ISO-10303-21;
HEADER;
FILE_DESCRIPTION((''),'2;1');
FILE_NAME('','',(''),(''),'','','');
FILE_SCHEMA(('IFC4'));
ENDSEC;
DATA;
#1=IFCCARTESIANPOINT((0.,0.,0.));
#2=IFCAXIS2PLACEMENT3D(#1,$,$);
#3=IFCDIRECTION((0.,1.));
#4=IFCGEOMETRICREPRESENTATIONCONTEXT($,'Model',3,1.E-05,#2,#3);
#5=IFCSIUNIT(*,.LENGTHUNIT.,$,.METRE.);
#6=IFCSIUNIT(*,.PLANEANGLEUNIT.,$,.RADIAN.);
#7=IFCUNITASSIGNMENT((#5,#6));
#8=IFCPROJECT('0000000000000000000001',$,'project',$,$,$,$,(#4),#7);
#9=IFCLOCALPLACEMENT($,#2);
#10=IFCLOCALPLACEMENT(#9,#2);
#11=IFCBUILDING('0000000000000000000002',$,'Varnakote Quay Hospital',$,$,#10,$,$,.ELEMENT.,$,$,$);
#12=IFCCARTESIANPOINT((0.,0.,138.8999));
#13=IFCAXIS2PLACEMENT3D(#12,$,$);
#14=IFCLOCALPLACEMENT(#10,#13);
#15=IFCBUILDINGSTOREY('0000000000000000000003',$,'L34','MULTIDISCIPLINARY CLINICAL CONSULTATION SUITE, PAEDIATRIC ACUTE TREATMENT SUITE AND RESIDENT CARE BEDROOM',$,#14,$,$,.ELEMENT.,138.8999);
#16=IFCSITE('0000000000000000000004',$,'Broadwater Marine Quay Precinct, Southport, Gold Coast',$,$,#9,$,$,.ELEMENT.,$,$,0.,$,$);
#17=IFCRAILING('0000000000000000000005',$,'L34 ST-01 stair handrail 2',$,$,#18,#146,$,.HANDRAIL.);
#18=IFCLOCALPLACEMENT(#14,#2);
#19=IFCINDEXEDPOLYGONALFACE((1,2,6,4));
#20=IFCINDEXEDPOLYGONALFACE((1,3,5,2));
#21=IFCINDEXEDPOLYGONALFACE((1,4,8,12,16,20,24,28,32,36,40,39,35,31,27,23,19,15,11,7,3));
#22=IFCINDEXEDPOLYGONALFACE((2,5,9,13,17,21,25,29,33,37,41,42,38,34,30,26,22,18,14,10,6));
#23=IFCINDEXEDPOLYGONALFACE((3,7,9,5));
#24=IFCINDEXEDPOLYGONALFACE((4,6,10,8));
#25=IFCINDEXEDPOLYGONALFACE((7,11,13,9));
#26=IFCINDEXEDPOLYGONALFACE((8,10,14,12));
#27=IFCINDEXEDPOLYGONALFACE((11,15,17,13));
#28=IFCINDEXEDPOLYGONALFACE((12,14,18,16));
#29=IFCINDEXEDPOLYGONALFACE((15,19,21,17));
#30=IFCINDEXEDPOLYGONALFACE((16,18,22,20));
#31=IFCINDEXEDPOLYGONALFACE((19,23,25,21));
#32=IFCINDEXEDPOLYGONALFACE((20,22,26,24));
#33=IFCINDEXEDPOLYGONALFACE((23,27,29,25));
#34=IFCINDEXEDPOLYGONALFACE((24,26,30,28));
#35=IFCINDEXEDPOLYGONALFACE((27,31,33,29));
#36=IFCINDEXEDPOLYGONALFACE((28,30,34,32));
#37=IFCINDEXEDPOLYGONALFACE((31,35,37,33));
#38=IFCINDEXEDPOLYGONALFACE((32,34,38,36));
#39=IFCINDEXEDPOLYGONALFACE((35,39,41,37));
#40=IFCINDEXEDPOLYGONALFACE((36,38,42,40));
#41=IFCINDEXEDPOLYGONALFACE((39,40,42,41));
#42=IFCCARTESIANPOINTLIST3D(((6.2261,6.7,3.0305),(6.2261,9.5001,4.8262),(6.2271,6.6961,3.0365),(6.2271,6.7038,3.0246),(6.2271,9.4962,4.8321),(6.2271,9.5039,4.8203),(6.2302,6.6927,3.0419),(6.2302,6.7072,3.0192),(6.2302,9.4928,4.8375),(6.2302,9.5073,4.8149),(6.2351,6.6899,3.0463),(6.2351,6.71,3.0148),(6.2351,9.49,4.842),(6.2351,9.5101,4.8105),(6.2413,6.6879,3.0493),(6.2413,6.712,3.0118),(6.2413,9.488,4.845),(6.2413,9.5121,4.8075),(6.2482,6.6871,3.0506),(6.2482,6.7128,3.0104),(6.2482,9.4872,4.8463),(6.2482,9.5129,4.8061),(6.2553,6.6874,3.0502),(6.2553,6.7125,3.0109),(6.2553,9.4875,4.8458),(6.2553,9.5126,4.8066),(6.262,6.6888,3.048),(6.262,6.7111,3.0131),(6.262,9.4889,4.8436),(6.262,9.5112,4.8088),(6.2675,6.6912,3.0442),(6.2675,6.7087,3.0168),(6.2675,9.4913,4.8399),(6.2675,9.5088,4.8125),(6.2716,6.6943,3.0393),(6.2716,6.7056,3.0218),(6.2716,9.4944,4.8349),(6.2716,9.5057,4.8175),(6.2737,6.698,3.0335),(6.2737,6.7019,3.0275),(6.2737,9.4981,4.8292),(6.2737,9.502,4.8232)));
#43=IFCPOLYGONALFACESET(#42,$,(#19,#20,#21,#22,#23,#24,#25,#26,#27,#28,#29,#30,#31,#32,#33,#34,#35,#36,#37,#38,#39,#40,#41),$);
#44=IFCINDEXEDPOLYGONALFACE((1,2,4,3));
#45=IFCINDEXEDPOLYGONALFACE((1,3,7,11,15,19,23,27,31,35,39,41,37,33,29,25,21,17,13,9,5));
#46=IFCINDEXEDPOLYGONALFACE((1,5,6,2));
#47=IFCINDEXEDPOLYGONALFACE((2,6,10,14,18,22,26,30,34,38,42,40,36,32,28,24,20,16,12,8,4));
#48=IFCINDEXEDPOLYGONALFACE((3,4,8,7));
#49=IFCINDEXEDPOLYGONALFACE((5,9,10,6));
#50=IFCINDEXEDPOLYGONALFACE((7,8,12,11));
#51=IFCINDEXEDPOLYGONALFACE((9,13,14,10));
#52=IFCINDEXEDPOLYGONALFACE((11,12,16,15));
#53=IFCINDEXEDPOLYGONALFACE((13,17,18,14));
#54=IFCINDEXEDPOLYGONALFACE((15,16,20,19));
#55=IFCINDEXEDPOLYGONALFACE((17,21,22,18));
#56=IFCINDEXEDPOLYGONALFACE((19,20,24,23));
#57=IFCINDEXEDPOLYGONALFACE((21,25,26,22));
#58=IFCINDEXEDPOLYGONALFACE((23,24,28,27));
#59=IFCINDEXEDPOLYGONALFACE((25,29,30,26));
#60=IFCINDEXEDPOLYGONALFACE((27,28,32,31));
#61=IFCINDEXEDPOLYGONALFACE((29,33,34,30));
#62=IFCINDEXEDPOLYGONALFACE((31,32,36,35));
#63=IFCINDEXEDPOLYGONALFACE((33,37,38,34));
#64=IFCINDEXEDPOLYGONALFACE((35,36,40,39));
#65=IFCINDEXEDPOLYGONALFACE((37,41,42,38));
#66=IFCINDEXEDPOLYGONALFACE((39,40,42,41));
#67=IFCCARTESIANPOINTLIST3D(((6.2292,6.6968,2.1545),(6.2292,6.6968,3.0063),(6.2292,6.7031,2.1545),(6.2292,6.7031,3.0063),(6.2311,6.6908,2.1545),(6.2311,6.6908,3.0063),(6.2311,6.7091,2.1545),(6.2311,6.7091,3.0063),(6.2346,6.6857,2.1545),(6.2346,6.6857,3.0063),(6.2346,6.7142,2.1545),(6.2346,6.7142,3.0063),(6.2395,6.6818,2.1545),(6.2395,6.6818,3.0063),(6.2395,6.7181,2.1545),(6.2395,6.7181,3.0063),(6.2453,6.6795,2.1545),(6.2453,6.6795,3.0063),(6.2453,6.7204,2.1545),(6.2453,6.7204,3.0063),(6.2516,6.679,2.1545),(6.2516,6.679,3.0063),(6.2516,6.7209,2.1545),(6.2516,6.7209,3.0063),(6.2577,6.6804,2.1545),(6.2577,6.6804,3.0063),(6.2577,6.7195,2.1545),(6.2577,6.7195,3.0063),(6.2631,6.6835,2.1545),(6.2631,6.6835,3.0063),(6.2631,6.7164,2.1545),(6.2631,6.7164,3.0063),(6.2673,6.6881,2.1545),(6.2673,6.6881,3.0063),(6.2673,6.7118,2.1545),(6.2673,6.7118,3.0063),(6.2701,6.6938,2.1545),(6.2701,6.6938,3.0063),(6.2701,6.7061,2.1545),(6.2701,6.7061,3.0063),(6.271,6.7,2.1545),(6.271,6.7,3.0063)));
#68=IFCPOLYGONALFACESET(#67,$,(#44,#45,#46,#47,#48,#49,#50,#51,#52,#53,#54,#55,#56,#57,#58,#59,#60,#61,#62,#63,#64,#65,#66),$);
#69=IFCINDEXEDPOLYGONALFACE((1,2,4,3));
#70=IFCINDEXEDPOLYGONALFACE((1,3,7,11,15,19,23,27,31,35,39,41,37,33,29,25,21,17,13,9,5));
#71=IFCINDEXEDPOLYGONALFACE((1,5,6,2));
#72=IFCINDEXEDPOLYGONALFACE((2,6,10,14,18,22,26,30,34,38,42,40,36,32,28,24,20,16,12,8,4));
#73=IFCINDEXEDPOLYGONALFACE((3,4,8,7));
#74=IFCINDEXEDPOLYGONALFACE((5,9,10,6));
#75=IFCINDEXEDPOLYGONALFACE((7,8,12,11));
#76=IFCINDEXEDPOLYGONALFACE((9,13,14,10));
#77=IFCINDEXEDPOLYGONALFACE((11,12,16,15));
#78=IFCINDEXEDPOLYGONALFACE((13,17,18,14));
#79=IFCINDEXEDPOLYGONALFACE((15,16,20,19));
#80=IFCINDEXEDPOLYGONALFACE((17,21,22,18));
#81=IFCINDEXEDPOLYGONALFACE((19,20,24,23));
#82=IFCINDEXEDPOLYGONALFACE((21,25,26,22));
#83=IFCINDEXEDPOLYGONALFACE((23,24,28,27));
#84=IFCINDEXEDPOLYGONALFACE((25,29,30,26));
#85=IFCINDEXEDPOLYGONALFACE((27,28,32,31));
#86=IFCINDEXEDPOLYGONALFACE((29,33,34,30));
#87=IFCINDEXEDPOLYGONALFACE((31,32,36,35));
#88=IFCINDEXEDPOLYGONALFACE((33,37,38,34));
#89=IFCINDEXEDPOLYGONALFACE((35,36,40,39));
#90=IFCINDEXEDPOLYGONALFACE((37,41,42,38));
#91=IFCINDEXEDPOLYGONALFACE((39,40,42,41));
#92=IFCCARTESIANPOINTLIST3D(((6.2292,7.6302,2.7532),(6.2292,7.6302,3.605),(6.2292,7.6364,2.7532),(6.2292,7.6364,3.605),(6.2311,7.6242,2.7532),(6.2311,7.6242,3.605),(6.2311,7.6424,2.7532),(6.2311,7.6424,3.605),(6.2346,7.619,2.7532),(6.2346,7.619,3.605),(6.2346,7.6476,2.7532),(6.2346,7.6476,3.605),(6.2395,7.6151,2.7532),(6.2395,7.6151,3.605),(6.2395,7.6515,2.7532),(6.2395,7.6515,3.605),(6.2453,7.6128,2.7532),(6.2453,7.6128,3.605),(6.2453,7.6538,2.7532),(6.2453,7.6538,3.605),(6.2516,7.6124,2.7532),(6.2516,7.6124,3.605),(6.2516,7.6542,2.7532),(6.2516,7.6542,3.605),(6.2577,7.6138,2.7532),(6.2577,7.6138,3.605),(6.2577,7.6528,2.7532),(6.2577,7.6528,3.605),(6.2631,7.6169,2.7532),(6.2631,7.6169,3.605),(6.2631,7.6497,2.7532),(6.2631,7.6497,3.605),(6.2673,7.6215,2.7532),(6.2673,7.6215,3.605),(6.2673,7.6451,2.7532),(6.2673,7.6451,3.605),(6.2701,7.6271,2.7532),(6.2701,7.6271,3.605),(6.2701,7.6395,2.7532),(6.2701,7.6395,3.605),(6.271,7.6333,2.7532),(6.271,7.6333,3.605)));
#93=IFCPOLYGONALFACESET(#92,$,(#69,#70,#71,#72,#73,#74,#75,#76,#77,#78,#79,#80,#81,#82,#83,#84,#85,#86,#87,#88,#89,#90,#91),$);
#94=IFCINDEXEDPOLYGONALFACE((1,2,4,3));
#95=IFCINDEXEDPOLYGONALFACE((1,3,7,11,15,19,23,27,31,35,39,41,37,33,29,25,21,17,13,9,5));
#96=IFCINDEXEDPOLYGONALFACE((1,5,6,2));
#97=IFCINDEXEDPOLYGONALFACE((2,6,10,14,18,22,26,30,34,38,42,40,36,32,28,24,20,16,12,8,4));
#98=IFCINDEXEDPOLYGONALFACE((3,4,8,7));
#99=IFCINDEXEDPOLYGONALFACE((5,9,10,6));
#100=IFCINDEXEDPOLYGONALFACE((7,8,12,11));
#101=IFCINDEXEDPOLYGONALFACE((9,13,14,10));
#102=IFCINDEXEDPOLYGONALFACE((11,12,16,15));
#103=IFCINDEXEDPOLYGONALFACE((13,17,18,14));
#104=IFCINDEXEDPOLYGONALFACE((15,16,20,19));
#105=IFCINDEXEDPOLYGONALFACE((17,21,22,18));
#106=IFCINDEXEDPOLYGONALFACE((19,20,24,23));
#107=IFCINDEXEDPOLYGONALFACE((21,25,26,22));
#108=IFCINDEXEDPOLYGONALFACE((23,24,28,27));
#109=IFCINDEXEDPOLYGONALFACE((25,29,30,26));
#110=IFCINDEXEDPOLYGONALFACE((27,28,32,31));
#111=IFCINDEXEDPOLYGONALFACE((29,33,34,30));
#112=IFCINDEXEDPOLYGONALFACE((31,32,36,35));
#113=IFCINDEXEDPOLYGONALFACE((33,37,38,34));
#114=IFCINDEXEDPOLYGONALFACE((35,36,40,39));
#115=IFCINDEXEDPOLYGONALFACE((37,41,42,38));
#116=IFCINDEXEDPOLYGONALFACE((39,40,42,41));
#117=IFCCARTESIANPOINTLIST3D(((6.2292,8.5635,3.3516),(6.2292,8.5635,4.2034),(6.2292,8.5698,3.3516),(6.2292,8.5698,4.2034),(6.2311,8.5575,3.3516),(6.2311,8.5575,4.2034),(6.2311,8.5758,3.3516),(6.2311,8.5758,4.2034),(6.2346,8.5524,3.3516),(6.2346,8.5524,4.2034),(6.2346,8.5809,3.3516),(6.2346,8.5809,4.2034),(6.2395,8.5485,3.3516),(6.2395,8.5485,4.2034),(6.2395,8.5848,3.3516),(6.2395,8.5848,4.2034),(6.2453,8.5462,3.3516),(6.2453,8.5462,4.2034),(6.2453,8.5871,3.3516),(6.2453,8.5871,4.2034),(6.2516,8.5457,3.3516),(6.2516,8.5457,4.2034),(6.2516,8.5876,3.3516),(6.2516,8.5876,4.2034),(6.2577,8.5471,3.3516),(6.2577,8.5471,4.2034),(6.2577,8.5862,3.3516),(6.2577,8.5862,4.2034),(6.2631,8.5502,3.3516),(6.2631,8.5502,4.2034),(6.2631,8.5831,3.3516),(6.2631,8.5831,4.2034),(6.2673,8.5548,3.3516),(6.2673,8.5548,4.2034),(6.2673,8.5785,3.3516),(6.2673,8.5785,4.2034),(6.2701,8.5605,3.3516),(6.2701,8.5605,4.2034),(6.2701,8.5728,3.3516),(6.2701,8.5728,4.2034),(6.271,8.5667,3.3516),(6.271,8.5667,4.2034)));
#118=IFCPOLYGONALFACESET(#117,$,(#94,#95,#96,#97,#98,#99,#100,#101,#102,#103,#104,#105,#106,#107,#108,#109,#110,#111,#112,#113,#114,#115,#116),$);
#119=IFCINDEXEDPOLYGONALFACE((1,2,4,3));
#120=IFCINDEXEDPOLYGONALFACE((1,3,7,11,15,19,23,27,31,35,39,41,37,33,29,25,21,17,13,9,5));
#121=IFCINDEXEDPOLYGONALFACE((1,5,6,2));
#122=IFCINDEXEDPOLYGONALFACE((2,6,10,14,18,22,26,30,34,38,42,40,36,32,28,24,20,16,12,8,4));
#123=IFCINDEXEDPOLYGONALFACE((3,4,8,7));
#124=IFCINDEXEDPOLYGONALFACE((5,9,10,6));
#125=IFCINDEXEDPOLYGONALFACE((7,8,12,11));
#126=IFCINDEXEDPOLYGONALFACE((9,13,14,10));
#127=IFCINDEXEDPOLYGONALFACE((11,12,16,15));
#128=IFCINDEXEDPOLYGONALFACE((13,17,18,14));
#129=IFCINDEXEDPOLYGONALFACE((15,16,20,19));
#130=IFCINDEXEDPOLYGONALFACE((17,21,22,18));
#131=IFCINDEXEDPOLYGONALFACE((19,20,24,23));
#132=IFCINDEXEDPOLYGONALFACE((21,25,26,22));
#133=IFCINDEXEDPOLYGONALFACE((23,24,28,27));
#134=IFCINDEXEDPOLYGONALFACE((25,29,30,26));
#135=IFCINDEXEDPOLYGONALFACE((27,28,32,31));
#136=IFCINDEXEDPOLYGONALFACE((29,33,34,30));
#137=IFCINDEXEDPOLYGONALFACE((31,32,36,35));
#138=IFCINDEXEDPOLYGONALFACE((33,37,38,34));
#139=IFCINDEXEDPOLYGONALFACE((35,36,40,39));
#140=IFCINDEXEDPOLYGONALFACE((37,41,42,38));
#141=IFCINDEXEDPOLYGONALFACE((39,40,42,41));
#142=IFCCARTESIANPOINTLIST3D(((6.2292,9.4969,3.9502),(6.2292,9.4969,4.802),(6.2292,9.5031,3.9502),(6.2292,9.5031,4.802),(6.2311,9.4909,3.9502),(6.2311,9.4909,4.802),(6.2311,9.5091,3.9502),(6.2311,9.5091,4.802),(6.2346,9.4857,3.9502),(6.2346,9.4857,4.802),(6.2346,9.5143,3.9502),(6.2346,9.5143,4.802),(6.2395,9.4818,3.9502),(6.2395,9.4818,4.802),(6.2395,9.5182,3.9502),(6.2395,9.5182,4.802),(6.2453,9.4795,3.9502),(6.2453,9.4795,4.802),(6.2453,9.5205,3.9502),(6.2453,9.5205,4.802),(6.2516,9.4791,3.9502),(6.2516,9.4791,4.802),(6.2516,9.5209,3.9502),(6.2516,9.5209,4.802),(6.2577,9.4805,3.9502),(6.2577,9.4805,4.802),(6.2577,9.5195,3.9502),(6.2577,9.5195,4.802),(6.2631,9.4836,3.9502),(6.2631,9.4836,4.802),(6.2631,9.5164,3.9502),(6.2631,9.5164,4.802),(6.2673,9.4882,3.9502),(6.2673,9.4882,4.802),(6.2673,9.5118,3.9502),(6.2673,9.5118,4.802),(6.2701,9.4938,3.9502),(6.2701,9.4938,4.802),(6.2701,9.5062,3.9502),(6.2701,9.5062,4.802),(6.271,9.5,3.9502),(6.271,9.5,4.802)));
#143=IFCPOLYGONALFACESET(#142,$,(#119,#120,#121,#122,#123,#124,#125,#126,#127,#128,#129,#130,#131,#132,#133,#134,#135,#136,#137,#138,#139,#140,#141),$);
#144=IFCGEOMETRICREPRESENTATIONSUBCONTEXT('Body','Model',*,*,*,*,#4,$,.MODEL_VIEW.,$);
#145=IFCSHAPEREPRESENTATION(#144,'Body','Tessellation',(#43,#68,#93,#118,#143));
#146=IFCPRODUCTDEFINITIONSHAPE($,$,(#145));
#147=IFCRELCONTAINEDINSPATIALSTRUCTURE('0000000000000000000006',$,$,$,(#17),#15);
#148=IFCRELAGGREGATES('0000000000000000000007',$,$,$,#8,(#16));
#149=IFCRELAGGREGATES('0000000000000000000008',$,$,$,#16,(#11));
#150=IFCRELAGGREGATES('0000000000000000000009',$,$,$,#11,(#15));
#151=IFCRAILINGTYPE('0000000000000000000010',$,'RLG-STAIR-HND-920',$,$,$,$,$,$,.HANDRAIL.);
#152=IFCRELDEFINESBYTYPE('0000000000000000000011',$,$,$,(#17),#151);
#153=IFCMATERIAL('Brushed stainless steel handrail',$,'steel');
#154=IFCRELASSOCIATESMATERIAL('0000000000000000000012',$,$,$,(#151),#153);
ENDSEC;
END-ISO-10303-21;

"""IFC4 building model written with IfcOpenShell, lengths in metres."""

from ifc_helpers import new_model, si_unit, direction, frame, origin, origin_2d, place, context, subcontext, project, spatial, circle, extrude, material, type_object, element, save


model = new_model("IFC4")

# Units and contexts
model_context = context("Model", 3, precision=1e-05, world=origin(), true_north=direction((0.0, 1.0)))
body_context = subcontext(model_context, "Body", "Model", "MODEL_VIEW")
ifc_project = project(units=[si_unit("LENGTHUNIT", "METRE"), si_unit("PLANEANGLEUNIT", "RADIAN")], contexts=[model_context])

# Site, building, storey
site_placement = place(None, origin())
site = spatial("IfcSite", under=ifc_project, at=site_placement, Name="Broadwater Marine Quay Precinct, Southport, Gold Coast", CompositionType="ELEMENT", RefElevation=0.0)
building_placement = place(site_placement, origin())
building = spatial("IfcBuilding", under=site, at=building_placement, Name="Varnakote Quay Hospital", CompositionType="ELEMENT")
storey_placement = place(building_placement, frame((0.0, 0.0, 138.8999)))
storey = spatial("IfcBuildingStorey", under=building, at=storey_placement, Name="L34", Description="MULTIDISCIPLINARY CLINICAL CONSULTATION SUITE, PAEDIATRIC ACUTE TREATMENT SUITE AND RESIDENT CARE BEDROOM", CompositionType="ELEMENT", Elevation=138.8999)

# Railing
ifc_material_1 = material(Name="Brushed stainless steel handrail", Category="steel")
railing_type_1 = type_object("IfcRailingType", Name="RLG-STAIR-HND-920", PredefinedType="HANDRAIL", material=ifc_material_1)
railing_1_placement = place(storey_placement, frame((6.25, 6.7, 2.1545)))
element("IfcRailing", 1, at=railing_1_placement, inside=storey, type_object=railing_type_1, Name="L34 ST-01 stair handrail 2", PredefinedType="HANDRAIL", context=body_context, shape_type="SweptSolid", body=[
    extrude(circle(Radius=0.0239, at=origin_2d()), frame((0.0, 0.0, 0.876), z_axis=(0.0, 0.841777, 0.539826), x_axis=(-1.0, 0.0, 0.0)), (0.0, 0.0, 1.0), 3.3264),
    extrude(circle(Radius=0.021, at=origin_2d()), origin(), (0.0, 0.0, 1.0), 0.8518),
    extrude(circle(Radius=0.021, at=origin_2d()), frame((0.0, 0.9333, 0.5986)), (0.0, 0.0, 1.0), 0.8518),
    extrude(circle(Radius=0.021, at=origin_2d()), frame((0.0, 1.8667, 1.197)), (0.0, 0.0, 1.0), 0.8518),
    extrude(circle(Radius=0.021, at=origin_2d()), frame((0.0, 2.8, 1.7957)), (0.0, 0.0, 1.0), 0.8518),
])

save(model, "model.ifc")
